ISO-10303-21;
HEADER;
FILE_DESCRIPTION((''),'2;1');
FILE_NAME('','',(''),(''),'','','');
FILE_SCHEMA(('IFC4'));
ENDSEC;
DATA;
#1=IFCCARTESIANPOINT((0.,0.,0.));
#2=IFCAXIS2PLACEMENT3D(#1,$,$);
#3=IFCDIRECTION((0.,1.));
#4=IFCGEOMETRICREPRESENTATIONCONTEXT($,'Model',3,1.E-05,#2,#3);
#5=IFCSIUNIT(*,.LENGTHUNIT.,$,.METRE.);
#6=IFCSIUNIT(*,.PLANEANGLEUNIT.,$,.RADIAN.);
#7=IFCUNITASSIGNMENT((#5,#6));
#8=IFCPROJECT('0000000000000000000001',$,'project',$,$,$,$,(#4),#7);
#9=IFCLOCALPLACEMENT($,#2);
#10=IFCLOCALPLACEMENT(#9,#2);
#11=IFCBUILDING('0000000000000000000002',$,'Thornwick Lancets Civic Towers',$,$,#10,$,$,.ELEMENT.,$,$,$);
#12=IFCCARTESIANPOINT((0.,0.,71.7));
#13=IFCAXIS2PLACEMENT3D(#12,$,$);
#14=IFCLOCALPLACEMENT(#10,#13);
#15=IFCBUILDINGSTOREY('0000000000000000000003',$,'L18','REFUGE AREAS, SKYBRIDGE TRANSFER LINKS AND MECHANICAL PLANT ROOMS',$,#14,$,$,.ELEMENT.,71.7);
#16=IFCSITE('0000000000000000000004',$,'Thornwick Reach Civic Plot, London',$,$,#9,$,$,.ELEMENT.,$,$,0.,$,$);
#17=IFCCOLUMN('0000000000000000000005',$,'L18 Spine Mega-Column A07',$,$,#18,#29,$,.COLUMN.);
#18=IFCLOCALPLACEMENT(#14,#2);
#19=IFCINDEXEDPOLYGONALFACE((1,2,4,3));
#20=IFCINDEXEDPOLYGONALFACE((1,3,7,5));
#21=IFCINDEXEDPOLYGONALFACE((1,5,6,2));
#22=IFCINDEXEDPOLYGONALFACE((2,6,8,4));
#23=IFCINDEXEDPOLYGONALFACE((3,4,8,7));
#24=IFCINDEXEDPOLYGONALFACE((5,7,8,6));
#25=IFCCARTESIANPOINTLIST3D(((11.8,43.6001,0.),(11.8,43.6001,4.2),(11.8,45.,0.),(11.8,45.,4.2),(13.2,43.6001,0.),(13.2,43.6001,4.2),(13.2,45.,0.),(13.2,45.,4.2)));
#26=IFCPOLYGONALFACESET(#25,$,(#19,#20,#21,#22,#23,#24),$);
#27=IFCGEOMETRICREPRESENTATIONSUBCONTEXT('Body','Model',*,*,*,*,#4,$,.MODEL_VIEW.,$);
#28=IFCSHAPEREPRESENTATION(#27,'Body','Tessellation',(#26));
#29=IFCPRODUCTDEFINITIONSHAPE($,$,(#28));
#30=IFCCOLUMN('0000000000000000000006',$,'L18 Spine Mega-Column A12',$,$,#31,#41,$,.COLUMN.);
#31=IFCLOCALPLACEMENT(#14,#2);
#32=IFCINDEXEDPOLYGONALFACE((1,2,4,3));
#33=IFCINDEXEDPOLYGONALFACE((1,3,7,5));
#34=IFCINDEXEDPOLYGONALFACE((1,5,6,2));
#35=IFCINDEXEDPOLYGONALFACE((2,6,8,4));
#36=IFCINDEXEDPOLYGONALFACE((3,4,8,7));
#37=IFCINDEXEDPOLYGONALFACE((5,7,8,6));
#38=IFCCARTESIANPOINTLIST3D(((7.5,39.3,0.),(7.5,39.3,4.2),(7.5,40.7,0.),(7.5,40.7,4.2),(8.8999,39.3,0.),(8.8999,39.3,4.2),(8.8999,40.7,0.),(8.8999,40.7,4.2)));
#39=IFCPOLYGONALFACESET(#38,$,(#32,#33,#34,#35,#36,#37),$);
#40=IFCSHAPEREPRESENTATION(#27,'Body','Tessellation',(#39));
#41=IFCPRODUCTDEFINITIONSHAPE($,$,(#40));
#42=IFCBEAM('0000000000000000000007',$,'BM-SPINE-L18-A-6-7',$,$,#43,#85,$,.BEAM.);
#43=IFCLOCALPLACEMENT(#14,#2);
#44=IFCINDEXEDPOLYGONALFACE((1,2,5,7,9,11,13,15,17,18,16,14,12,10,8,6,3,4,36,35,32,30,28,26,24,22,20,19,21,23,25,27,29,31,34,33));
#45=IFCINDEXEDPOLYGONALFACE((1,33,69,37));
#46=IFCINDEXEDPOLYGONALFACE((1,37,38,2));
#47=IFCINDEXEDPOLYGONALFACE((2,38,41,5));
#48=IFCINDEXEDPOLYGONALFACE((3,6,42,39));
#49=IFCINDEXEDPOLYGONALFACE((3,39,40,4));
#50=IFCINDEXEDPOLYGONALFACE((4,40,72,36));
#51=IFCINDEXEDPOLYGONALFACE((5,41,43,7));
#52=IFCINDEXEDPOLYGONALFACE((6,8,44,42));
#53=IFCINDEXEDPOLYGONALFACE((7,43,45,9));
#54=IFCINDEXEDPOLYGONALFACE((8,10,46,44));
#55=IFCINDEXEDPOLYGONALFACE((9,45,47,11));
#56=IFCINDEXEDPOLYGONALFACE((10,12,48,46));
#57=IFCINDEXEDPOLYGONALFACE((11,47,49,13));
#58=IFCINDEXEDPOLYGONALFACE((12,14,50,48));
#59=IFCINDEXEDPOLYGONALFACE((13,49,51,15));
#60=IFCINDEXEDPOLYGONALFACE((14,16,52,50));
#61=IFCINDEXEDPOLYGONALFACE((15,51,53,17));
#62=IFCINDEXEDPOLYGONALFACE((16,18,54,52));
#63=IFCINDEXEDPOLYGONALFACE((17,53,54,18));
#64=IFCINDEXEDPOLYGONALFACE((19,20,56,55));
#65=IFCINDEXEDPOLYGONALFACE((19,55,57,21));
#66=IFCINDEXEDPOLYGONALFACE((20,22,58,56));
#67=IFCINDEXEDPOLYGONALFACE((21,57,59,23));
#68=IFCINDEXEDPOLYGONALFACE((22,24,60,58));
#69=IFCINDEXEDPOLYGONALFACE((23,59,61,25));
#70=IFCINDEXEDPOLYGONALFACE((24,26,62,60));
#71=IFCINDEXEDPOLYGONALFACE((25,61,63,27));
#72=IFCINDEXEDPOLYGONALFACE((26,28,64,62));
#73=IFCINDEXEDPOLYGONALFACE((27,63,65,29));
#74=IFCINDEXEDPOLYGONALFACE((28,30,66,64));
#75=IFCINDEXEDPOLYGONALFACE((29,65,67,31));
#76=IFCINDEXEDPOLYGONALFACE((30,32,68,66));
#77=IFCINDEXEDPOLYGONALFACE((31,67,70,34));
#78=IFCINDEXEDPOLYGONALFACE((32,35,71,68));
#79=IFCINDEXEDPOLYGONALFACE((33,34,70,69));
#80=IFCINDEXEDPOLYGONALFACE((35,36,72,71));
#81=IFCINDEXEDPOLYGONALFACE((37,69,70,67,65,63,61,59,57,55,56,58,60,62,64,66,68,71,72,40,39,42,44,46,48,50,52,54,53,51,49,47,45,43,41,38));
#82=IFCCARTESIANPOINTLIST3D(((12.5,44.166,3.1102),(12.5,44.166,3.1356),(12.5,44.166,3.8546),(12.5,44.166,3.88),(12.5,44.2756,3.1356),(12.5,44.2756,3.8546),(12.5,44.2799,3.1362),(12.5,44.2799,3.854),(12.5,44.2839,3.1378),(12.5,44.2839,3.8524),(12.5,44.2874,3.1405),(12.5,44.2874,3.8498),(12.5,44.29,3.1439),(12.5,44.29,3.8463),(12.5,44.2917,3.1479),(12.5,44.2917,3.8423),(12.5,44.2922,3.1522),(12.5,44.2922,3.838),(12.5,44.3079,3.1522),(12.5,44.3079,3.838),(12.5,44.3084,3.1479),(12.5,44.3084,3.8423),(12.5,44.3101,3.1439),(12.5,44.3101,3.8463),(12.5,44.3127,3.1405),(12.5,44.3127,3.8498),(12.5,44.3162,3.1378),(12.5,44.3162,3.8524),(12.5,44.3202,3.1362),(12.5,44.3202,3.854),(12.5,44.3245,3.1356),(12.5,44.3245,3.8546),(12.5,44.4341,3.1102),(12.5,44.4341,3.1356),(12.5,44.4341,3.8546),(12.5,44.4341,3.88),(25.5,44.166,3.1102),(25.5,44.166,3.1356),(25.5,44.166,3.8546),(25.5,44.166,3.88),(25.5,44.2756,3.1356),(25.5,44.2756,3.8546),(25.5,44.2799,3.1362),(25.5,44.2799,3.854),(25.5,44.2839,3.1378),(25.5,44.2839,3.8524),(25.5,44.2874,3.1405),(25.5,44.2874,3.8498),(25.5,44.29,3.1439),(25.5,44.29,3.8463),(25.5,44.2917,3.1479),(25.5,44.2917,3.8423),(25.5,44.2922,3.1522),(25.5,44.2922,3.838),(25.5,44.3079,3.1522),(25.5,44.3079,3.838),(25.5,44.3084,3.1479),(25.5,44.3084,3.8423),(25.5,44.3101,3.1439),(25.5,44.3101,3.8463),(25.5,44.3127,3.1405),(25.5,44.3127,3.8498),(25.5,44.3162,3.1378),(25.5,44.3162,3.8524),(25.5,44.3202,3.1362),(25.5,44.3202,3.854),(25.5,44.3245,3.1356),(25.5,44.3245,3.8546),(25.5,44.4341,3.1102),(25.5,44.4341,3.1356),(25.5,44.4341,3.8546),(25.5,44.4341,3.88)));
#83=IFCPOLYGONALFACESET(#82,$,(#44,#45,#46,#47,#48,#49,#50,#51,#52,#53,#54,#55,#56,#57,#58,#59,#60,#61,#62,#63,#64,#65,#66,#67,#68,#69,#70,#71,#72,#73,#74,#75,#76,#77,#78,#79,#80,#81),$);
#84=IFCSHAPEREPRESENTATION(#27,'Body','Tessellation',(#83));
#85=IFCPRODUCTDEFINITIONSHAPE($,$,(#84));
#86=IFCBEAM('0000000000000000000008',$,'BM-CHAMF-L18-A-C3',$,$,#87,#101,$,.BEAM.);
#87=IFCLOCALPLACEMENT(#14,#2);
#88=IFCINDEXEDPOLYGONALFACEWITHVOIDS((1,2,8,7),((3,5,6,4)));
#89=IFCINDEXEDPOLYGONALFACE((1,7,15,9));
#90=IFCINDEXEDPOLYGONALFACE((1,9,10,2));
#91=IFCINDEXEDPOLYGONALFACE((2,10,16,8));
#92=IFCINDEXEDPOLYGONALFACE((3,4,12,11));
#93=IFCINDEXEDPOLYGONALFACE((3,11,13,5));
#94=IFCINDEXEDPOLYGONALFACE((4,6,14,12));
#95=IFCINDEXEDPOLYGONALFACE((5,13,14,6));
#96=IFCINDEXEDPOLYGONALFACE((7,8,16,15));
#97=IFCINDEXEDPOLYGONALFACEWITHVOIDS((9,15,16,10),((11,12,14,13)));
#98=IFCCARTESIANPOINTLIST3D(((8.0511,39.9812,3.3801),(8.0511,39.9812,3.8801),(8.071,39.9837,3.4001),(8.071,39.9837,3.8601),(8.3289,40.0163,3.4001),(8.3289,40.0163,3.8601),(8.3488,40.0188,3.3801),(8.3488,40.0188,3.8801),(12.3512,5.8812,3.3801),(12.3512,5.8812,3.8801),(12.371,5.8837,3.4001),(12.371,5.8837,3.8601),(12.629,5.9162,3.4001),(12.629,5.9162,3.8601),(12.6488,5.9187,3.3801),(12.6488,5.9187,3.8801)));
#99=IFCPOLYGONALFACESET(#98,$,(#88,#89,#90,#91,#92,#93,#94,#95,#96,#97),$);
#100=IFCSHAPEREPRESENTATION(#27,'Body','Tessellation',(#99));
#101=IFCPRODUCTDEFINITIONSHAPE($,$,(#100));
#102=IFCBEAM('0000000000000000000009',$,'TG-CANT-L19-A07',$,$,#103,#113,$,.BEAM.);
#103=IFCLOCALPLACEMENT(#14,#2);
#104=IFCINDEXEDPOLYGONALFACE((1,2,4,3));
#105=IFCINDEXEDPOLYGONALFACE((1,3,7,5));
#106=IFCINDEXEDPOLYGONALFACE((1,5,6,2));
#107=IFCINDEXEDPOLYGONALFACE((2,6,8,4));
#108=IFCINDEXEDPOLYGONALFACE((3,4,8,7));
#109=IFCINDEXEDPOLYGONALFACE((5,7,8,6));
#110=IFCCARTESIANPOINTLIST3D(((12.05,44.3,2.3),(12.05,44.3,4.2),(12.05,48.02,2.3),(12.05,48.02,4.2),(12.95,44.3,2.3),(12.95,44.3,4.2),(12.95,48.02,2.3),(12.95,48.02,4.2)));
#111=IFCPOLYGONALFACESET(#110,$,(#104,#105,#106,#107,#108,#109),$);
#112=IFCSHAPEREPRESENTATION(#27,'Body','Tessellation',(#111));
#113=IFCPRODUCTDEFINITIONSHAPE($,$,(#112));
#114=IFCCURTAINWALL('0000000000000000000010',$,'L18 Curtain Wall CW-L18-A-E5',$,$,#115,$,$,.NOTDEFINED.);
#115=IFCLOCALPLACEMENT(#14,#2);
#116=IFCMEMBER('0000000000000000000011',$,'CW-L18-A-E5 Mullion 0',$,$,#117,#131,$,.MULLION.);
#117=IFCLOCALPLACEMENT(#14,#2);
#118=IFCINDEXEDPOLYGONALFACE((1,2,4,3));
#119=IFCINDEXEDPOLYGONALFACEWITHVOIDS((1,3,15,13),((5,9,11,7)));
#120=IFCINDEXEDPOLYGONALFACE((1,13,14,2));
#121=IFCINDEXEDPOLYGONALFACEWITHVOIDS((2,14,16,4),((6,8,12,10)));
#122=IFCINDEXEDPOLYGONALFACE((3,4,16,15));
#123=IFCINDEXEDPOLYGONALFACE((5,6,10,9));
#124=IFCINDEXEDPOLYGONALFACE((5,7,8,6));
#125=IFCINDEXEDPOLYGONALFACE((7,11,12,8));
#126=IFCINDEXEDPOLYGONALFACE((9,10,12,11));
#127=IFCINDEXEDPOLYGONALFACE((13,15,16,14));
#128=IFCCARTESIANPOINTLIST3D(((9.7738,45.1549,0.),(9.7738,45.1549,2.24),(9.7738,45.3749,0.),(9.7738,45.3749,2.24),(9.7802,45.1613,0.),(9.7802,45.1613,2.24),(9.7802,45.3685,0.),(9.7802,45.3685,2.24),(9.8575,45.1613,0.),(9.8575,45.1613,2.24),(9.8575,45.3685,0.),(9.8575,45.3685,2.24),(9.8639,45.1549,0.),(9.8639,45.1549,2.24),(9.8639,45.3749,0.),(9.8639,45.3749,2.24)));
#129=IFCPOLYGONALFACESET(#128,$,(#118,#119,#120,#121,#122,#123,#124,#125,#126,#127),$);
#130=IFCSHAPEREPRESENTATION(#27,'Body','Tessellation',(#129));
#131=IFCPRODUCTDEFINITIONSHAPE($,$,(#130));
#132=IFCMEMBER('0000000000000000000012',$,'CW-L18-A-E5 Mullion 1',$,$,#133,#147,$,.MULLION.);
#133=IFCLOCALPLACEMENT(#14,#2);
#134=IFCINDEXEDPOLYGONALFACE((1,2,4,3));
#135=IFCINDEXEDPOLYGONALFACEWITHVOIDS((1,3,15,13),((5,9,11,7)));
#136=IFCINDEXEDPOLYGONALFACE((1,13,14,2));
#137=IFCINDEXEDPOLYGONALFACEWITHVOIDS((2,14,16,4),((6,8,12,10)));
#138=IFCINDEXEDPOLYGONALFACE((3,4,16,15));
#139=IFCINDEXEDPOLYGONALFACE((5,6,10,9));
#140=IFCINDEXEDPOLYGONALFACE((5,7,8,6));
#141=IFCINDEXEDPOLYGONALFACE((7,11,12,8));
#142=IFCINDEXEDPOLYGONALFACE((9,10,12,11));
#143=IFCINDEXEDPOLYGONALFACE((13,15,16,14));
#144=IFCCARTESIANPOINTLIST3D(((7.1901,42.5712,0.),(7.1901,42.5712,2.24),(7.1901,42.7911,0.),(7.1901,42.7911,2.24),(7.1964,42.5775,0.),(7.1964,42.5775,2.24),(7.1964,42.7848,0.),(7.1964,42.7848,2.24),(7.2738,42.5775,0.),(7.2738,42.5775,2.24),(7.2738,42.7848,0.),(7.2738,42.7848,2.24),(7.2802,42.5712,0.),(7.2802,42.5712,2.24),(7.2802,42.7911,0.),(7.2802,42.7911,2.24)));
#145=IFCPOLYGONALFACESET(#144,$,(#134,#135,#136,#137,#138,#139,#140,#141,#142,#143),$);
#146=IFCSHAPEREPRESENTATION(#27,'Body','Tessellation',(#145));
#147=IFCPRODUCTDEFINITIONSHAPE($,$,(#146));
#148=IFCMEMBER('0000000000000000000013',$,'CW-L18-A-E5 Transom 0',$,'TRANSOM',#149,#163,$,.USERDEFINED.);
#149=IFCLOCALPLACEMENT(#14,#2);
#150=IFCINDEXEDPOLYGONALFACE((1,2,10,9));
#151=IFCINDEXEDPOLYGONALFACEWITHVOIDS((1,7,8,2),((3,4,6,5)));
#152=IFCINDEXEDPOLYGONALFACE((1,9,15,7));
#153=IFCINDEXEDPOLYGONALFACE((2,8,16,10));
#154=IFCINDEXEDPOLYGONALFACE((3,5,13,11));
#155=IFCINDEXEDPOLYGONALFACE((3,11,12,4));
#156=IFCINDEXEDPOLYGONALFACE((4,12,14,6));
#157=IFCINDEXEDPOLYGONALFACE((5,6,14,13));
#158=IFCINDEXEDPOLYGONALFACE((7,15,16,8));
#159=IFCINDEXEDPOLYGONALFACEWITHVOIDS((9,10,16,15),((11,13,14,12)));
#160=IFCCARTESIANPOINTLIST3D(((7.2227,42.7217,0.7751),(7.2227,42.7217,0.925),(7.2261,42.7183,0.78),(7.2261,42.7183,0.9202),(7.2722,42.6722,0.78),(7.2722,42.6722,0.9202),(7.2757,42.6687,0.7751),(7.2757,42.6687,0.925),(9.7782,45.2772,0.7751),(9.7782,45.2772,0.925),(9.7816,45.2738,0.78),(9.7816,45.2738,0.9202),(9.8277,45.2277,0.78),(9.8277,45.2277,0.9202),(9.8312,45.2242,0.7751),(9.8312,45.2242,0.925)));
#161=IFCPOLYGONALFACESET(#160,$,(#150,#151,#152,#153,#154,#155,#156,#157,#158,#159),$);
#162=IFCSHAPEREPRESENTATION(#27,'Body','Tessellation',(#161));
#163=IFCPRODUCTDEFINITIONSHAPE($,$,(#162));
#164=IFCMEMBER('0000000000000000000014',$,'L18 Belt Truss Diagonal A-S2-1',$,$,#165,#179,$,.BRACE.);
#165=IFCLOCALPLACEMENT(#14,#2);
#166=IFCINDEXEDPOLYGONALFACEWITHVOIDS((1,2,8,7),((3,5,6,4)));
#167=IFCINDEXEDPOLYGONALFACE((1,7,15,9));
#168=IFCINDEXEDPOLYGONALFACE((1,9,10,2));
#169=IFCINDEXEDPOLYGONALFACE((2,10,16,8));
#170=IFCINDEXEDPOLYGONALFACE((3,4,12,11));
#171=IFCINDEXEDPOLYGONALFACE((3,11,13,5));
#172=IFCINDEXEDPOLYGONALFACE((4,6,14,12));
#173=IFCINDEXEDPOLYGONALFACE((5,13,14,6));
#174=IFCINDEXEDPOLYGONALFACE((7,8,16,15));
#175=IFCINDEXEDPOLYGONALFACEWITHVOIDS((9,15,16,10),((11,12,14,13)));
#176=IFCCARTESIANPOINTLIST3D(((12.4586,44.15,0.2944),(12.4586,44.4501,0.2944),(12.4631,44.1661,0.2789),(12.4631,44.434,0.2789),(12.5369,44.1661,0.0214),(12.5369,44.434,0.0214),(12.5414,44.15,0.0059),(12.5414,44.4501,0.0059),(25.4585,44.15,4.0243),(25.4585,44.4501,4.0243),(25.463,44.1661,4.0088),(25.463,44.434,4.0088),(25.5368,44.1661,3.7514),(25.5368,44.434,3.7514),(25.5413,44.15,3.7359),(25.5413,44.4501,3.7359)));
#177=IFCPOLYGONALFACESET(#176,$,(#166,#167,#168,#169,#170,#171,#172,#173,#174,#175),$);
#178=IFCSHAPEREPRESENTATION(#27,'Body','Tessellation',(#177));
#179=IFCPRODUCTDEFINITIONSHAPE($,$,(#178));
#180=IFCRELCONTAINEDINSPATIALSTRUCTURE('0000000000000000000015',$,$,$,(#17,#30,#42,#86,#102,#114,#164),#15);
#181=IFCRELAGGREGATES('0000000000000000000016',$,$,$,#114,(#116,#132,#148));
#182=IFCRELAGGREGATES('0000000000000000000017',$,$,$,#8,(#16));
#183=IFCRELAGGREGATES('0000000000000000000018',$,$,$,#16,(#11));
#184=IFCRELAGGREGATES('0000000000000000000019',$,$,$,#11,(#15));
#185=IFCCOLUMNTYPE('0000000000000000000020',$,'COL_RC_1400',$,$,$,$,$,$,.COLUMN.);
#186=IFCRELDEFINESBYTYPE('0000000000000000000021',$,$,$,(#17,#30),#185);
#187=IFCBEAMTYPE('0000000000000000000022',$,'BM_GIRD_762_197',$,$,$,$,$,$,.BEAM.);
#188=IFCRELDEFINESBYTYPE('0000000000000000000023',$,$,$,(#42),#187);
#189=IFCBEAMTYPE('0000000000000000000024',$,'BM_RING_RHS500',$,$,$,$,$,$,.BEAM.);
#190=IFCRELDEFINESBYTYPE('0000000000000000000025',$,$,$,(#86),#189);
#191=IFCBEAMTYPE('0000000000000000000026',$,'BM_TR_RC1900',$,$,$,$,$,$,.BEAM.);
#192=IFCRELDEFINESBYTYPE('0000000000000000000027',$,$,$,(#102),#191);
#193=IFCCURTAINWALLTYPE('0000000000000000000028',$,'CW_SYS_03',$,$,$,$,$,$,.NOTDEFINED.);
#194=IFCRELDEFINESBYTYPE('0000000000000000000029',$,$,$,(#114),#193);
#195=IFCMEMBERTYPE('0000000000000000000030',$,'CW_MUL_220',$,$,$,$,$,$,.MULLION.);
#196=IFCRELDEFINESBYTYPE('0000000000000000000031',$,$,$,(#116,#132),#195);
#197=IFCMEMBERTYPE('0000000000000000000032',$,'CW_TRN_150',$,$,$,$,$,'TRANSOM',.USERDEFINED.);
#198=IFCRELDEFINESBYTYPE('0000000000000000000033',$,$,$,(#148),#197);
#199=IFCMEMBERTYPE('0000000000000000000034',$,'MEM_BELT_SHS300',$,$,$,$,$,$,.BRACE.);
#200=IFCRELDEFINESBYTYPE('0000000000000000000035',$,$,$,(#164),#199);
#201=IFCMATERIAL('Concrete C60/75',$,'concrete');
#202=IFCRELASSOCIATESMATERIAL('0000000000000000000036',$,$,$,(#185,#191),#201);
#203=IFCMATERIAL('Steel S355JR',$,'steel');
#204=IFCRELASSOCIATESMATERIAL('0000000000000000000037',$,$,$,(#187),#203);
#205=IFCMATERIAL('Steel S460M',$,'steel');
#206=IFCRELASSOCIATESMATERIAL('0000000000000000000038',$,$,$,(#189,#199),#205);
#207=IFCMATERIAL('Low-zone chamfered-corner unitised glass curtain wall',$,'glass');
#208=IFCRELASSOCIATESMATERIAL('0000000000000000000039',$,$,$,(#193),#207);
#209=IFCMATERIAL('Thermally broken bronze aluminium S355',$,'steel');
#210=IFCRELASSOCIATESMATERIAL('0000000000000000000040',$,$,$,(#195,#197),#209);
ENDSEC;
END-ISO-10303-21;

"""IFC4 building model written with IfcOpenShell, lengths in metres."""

from ifc_helpers import new_model, si_unit, direction, frame, origin, origin_2d, place, context, subcontext, project, spatial, rectangle, hollow_rectangle, i_section, extrude, material, material_profile, profile_set, type_object, element, aggregate, save


model = new_model("IFC4")

# Units and contexts
model_context = context("Model", 3, precision=1e-05, world=origin(), true_north=direction((0.0, 1.0)))
body_context = subcontext(model_context, "Body", "Model", "MODEL_VIEW")
ifc_project = project(units=[si_unit("LENGTHUNIT", "METRE"), si_unit("PLANEANGLEUNIT", "RADIAN")], contexts=[model_context])

# Site, building, storey
site_placement = place(None, origin())
site = spatial("IfcSite", under=ifc_project, at=site_placement, Name="Thornwick Reach Civic Plot, London", CompositionType="ELEMENT", RefElevation=0.0)
building_placement = place(site_placement, origin())
building = spatial("IfcBuilding", under=site, at=building_placement, Name="Thornwick Lancets Civic Towers", CompositionType="ELEMENT")
storey_placement = place(building_placement, frame((0.0, 0.0, 71.7)))
storey = spatial("IfcBuildingStorey", under=building, at=storey_placement, Name="L18", Description="REFUGE AREAS, SKYBRIDGE TRANSFER LINKS AND MECHANICAL PLANT ROOMS", CompositionType="ELEMENT", Elevation=71.7)

# Columns
ifc_material_1 = material(Name="Concrete C60/75", Category="concrete")
ifc_material_profile_1 = material_profile(ifc_material_1, rectangle(XDim=1.3999, YDim=1.3999, at=origin_2d()), Name="RC 1400x1400")
ifc_profile_set_1 = profile_set([ifc_material_profile_1], Name="Concrete C60/75")
column_type = type_object("IfcColumnType", Name="COL_RC_1400", PredefinedType="COLUMN", material=ifc_profile_set_1)
for number, where, z_axis, x_axis, name in (
    (1, (12.5, 44.3, 0.0), (0.0, 0.0, 1.0), (1.0, 0.0, 0.0), "L18 Spine Mega-Column A07"),
    (2, (8.2, 40.0, 0.0), (0.0, 0.0, 1.0), (1.0, 0.0, 0.0), "L18 Spine Mega-Column A12"),
):
    element("IfcColumn", number, at=place(storey_placement, frame(where, z_axis=z_axis, x_axis=x_axis)), inside=storey, type_object=column_type, Name=name, PredefinedType="COLUMN", context=body_context, shape_type="SweptSolid", body=[
        extrude(rectangle(XDim=1.3999, YDim=1.3999, at=origin_2d()), origin(), (0.0, 0.0, 1.0), 4.2),
    ])

# Beams
ifc_material_2 = material(Name="Steel S355JR", Category="steel")
ifc_material_profile_2 = material_profile(ifc_material_2, i_section(OverallWidth=0.2681, OverallDepth=0.7698, WebThickness=0.0156, FlangeThickness=0.0254, FilletRadius=0.0166, at=origin_2d()), Name="UKB 762x267x197")
ifc_profile_set_2 = profile_set([ifc_material_profile_2], Name="Steel S355JR")
beam_type_1 = type_object("IfcBeamType", Name="BM_GIRD_762_197", PredefinedType="BEAM", material=ifc_profile_set_2)
beam_1_placement = place(storey_placement, frame((12.5, 44.3, 3.4951), z_axis=(1.0, 0.0, 0.0), x_axis=(0.0, 1.0, 0.0)))
element("IfcBeam", 3, at=beam_1_placement, inside=storey, type_object=beam_type_1, Name="BM-SPINE-L18-A-6-7", PredefinedType="BEAM", context=body_context, shape_type="SweptSolid", body=[
    extrude(i_section(OverallWidth=0.2681, OverallDepth=0.7698, WebThickness=0.0156, FlangeThickness=0.0254, FilletRadius=0.0166, at=origin_2d()), origin(), (0.0, 0.0, 1.0), 13.0),
])
ifc_material_3 = material(Name="Steel S460M", Category="steel")
ifc_material_profile_3 = material_profile(ifc_material_3, hollow_rectangle(XDim=0.3, YDim=0.5, WallThickness=0.02, at=origin_2d()), Name="RHS 500x300x20")
ifc_profile_set_3 = profile_set([ifc_material_profile_3], Name="Steel S460M")
beam_type_2 = type_object("IfcBeamType", Name="BM_RING_RHS500", PredefinedType="BEAM", material=ifc_profile_set_3)
beam_2_placement = place(storey_placement, frame((8.2, 40.0, 3.6301), z_axis=(0.12511, -0.992143, 0.0), x_axis=(0.992143, 0.12511, 0.0)))
element("IfcBeam", 4, at=beam_2_placement, inside=storey, type_object=beam_type_2, Name="BM-CHAMF-L18-A-C3", PredefinedType="BEAM", context=body_context, shape_type="SweptSolid", body=[
    extrude(hollow_rectangle(XDim=0.3, YDim=0.5, WallThickness=0.02, at=origin_2d()), origin(), (0.0, 0.0, 1.0), 34.3701),
])
ifc_material_profile_4 = material_profile(ifc_material_1, rectangle(XDim=0.8999, YDim=1.8999, at=origin_2d()), Name="RC 900x1900")
ifc_profile_set_4 = profile_set([ifc_material_profile_4], Name="Concrete C60/75")
beam_type_3 = type_object("IfcBeamType", Name="BM_TR_RC1900", PredefinedType="BEAM", material=ifc_profile_set_4)
beam_3_placement = place(storey_placement, frame((12.5, 44.3, 3.25), z_axis=(0.0, 1.0, 0.0), x_axis=(-1.0, 0.0, 0.0)))
element("IfcBeam", 5, at=beam_3_placement, inside=storey, type_object=beam_type_3, Name="TG-CANT-L19-A07", PredefinedType="BEAM", context=body_context, shape_type="SweptSolid", body=[
    extrude(rectangle(XDim=0.8999, YDim=1.8999, at=origin_2d()), origin(), (0.0, 0.0, 1.0), 3.72),
])

# Curtain wall, members
ifc_material_4 = material(Name="Low-zone chamfered-corner unitised glass curtain wall", Category="glass")
curtain_wall_type = type_object("IfcCurtainWallType", Name="CW_SYS_03", PredefinedType="NOTDEFINED", material=ifc_material_4)
curtain_wall_placement = place(storey_placement, origin())
curtain_wall = element("IfcCurtainWall", 6, at=curtain_wall_placement, inside=storey, type_object=curtain_wall_type, Name="L18 Curtain Wall CW-L18-A-E5", PredefinedType="NOTDEFINED")
ifc_material_5 = material(Name="Thermally broken bronze aluminium S355", Category="steel")
ifc_material_profile_5 = material_profile(ifc_material_5, hollow_rectangle(XDim=0.0901, YDim=0.22, WallThickness=0.0063, at=origin_2d()), Name="RHS 220x90x6.3")
ifc_profile_set_5 = profile_set([ifc_material_profile_5], Name="Thermally broken bronze aluminium S355")
member_type_1 = type_object("IfcMemberType", Name="CW_MUL_220", PredefinedType="MULLION", material=ifc_profile_set_5)
member_1_placement = place(storey_placement, frame((9.8188, 45.2649, 0.0), z_axis=(0.0, 0.0, 1.0), x_axis=(1.0, 0.0, 0.0)))
member_1 = element("IfcMember", 7, at=member_1_placement, type_object=member_type_1, Name="CW-L18-A-E5 Mullion 0", PredefinedType="MULLION", context=body_context, shape_type="SweptSolid", body=[
    extrude(hollow_rectangle(XDim=0.0901, YDim=0.22, WallThickness=0.0063, at=origin_2d()), origin(), (0.0, 0.0, 1.0), 2.24),
])
member_2_placement = place(storey_placement, frame((7.2351, 42.6812, 0.0), z_axis=(0.0, 0.0, 1.0), x_axis=(1.0, 0.0, 0.0)))
member_2 = element("IfcMember", 8, at=member_2_placement, type_object=member_type_1, Name="CW-L18-A-E5 Mullion 1", PredefinedType="MULLION", context=body_context, shape_type="SweptSolid", body=[
    extrude(hollow_rectangle(XDim=0.0901, YDim=0.22, WallThickness=0.0063, at=origin_2d()), origin(), (0.0, 0.0, 1.0), 2.24),
])
ifc_material_profile_6 = material_profile(ifc_material_5, hollow_rectangle(XDim=0.075, YDim=0.1499, WallThickness=0.0049, at=origin_2d()), Name="RHS 150x75x5")
ifc_profile_set_6 = profile_set([ifc_material_profile_6], Name="Thermally broken bronze aluminium S355")
member_type_2 = type_object("IfcMemberType", Name="CW_TRN_150", ElementType="TRANSOM", PredefinedType="USERDEFINED", material=ifc_profile_set_6)
member_3_placement = place(storey_placement, frame((9.8047, 45.2507, 0.8501), z_axis=(-0.707107, -0.707107, 0.0), x_axis=(0.707107, -0.707107, 0.0)))
member_3 = element("IfcMember", 9, at=member_3_placement, type_object=member_type_2, Name="CW-L18-A-E5 Transom 0", ObjectType="TRANSOM", PredefinedType="USERDEFINED", context=body_context, shape_type="SweptSolid", body=[
    extrude(hollow_rectangle(XDim=0.075, YDim=0.1499, WallThickness=0.0049, at=origin_2d()), origin(), (0.0, 0.0, 1.0), 3.614),
])

# Member
ifc_material_profile_7 = material_profile(ifc_material_3, hollow_rectangle(XDim=0.3, YDim=0.3, WallThickness=0.0161, at=origin_2d()), Name="SHS 300x300x16")
ifc_profile_set_7 = profile_set([ifc_material_profile_7], Name="Steel S460M")
member_type_3 = type_object("IfcMemberType", Name="MEM_BELT_SHS300", PredefinedType="BRACE", material=ifc_profile_set_7)
for number, where, z_axis, x_axis, name in (
    (10, (12.5, 44.3, 0.1501), (0.961217, 0.0, 0.275794), (0.0, 1.0, 0.0), "L18 Belt Truss Diagonal A-S2-1"),
):
    element("IfcMember", number, at=place(storey_placement, frame(where, z_axis=z_axis, x_axis=x_axis)), inside=storey, type_object=member_type_3, Name=name, PredefinedType="BRACE", context=body_context, shape_type="SweptSolid", body=[
        extrude(hollow_rectangle(XDim=0.3, YDim=0.3, WallThickness=0.0161, at=origin_2d()), origin(), (0.0, 0.0, 1.0), 13.5244),
    ])

aggregate(curtain_wall, [member_1, member_2, member_3])

save(model, "model.ifc")
